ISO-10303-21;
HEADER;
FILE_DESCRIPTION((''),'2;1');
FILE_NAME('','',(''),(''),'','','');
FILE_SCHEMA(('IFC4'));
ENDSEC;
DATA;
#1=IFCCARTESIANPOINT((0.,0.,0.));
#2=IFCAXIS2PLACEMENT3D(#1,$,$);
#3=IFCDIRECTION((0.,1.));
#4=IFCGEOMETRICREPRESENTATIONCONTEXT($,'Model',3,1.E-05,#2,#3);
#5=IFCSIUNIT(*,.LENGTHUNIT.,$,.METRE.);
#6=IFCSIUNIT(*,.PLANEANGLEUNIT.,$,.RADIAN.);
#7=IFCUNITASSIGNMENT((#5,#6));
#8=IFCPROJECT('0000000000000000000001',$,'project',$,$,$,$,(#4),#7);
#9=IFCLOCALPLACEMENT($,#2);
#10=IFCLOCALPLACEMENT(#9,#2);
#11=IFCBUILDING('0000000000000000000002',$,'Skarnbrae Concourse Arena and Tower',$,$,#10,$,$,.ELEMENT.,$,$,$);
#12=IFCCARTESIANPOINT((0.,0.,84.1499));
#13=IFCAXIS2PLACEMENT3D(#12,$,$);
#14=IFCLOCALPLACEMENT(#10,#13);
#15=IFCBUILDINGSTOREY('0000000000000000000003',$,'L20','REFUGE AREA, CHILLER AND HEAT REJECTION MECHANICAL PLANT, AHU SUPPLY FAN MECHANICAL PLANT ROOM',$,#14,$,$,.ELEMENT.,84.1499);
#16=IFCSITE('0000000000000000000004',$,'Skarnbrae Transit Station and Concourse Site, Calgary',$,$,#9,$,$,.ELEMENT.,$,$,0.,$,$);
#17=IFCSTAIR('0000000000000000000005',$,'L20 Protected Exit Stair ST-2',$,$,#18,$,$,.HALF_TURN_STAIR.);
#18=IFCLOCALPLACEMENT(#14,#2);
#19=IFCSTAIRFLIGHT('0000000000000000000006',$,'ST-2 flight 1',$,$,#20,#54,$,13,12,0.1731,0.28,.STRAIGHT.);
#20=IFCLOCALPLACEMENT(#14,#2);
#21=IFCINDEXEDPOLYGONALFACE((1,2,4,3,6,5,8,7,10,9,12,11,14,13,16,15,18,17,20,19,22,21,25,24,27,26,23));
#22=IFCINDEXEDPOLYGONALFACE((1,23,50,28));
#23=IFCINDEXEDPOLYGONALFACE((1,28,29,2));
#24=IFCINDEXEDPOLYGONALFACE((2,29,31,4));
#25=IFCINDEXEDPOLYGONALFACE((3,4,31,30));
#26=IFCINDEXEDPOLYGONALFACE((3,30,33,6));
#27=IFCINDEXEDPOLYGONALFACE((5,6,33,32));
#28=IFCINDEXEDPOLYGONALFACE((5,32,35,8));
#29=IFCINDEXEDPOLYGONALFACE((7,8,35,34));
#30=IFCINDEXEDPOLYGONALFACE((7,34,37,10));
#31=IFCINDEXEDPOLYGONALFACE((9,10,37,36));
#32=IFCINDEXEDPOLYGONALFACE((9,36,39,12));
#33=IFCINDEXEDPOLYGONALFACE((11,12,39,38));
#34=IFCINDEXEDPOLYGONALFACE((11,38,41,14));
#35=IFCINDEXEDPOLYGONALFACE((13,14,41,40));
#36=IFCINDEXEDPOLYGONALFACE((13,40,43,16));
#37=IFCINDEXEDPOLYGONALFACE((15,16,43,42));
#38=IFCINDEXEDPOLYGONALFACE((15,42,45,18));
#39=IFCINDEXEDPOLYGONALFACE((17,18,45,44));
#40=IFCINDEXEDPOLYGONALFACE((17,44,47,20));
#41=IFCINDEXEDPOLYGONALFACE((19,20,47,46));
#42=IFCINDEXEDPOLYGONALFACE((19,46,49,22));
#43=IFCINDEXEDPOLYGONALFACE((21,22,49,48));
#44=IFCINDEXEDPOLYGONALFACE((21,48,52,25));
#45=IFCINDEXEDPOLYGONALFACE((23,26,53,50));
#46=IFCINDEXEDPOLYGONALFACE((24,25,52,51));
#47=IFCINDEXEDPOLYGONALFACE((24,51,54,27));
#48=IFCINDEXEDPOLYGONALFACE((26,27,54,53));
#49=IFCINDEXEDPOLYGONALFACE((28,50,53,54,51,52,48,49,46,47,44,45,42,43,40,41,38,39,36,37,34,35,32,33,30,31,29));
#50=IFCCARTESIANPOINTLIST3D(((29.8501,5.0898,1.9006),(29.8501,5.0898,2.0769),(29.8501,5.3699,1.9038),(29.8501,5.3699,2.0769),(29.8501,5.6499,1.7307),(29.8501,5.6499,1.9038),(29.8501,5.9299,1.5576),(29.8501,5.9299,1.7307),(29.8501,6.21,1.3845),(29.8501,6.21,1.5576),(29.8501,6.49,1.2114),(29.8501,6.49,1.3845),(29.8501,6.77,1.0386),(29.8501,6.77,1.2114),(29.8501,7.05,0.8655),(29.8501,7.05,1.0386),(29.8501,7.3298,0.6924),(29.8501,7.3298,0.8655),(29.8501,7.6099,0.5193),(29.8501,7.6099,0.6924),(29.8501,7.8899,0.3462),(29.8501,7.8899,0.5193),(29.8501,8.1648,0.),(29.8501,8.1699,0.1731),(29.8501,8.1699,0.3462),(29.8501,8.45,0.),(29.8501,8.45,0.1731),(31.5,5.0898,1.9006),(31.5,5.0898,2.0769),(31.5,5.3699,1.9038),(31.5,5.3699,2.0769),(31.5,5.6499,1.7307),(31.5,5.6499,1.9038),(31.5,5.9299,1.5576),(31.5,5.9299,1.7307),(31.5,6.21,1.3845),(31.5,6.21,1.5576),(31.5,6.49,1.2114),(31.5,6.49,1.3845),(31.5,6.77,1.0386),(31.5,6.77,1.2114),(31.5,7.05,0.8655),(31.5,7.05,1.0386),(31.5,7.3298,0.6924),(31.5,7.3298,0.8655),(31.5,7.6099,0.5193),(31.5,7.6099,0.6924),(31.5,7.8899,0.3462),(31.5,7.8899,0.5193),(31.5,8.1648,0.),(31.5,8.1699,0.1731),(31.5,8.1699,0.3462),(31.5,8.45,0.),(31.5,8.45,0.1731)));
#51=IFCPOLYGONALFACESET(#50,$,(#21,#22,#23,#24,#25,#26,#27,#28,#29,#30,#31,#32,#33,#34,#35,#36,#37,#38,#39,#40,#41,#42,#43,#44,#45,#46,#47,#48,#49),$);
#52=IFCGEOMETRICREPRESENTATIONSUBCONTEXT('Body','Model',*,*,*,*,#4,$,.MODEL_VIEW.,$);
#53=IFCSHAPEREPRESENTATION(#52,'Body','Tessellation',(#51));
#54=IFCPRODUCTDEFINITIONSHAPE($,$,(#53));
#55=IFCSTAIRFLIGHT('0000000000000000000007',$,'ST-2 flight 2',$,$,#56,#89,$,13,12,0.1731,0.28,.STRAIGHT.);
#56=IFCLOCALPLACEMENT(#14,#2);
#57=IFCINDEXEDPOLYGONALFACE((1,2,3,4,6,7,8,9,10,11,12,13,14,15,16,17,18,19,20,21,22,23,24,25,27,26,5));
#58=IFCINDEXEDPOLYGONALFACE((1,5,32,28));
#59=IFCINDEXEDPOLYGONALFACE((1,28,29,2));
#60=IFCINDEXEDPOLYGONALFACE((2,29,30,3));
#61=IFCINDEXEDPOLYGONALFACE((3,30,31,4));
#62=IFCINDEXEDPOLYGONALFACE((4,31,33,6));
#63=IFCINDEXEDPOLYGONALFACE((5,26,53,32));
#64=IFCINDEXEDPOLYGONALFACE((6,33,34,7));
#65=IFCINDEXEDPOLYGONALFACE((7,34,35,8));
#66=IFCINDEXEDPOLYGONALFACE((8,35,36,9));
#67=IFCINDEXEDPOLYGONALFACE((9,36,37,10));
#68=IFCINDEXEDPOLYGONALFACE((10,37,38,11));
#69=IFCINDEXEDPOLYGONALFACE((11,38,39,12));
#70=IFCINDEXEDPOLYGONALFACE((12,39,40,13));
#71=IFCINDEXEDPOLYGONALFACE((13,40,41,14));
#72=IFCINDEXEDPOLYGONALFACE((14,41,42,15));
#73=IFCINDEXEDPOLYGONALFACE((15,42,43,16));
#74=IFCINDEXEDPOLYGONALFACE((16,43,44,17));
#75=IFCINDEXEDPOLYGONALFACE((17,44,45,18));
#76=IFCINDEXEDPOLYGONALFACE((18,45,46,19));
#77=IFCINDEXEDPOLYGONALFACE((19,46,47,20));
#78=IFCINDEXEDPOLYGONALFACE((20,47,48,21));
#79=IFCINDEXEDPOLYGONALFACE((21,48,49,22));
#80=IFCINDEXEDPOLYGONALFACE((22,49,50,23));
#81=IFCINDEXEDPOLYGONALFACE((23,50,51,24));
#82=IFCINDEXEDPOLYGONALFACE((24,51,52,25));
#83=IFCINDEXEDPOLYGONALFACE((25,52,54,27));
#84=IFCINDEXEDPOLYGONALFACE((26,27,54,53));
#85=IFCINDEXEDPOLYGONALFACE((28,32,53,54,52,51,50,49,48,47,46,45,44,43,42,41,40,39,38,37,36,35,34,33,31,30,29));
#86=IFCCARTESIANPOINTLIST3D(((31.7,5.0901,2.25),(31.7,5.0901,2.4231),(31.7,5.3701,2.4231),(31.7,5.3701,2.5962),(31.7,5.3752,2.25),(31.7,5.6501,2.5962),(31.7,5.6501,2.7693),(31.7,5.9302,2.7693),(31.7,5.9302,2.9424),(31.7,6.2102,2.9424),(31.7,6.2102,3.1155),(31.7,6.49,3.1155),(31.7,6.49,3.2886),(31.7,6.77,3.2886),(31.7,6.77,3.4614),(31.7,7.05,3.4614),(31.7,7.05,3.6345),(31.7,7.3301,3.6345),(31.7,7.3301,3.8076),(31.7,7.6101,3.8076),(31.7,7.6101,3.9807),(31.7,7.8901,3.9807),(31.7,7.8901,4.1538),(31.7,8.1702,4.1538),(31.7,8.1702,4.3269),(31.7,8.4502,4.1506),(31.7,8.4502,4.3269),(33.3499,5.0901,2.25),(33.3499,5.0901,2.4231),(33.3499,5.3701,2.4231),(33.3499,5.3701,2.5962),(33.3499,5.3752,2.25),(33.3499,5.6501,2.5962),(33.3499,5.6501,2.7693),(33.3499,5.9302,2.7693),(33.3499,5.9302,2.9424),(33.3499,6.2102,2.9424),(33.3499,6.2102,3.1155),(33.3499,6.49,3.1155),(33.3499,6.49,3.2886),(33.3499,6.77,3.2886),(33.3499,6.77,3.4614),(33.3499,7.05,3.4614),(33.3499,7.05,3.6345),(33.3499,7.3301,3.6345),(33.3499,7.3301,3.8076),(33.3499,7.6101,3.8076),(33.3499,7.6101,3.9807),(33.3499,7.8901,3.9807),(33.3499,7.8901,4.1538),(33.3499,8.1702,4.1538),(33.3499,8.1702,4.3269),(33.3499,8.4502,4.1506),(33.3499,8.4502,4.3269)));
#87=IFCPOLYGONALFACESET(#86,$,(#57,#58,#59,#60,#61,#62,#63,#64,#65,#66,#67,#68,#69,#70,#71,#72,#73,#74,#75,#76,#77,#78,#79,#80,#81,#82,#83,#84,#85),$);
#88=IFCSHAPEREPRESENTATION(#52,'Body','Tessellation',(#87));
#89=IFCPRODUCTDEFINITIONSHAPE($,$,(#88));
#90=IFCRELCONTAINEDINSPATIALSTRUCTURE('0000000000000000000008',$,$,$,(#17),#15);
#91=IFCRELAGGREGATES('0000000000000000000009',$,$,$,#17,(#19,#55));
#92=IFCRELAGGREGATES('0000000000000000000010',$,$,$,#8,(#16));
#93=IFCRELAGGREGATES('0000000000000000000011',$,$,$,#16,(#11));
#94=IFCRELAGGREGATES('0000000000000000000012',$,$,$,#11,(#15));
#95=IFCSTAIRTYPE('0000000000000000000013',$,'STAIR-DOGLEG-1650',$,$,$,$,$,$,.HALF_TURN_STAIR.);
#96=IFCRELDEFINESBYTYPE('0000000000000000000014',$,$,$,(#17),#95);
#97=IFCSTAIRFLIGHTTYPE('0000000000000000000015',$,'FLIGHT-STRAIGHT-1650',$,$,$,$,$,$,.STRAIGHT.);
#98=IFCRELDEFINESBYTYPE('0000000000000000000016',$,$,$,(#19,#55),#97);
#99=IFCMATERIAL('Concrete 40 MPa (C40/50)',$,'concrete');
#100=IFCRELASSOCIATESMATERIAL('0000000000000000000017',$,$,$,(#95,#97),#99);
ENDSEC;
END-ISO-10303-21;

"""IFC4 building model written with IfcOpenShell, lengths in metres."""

from ifc_helpers import new_model, si_unit, direction, frame, origin, place, context, subcontext, project, spatial, polyline, outline, extrude, source, transform, mapped, material, type_object, element, aggregate, save


model = new_model("IFC4")

# Units and contexts
model_context = context("Model", 3, precision=1e-05, world=origin(), true_north=direction((0.0, 1.0)))
body_context = subcontext(model_context, "Body", "Model", "MODEL_VIEW")
ifc_project = project(units=[si_unit("LENGTHUNIT", "METRE"), si_unit("PLANEANGLEUNIT", "RADIAN")], contexts=[model_context])

# Site, building, storey
site_placement = place(None, origin())
site = spatial("IfcSite", under=ifc_project, at=site_placement, Name="Skarnbrae Transit Station and Concourse Site, Calgary", CompositionType="ELEMENT", RefElevation=0.0)
building_placement = place(site_placement, origin())
building = spatial("IfcBuilding", under=site, at=building_placement, Name="Skarnbrae Concourse Arena and Tower", CompositionType="ELEMENT")
storey_placement = place(building_placement, frame((0.0, 0.0, 84.1499)))
storey = spatial("IfcBuildingStorey", under=building, at=storey_placement, Name="L20", Description="REFUGE AREA, CHILLER AND HEAT REJECTION MECHANICAL PLANT, AHU SUPPLY FAN MECHANICAL PLANT ROOM", CompositionType="ELEMENT", Elevation=84.1499)

# Stair, stair flights
ifc_material_1 = material(Name="Concrete 40 MPa (C40/50)", Category="concrete")
stair_type = type_object("IfcStairType", Name="STAIR-DOGLEG-1650", PredefinedType="HALF_TURN_STAIR", material=ifc_material_1)
stair_placement = place(storey_placement, origin())
stair = element("IfcStair", 1, at=stair_placement, inside=storey, type_object=stair_type, Name="L20 Protected Exit Stair ST-2", PredefinedType="HALF_TURN_STAIR")
stair_flight_type = type_object("IfcStairFlightType", Name="FLIGHT-STRAIGHT-1650", PredefinedType="STRAIGHT", material=ifc_material_1)
shared_shape_1 = source(origin(), body_context, "Body", "SweptSolid", [
    extrude(outline(polyline([(0.0, 0.0), (0.0, 0.1731), (0.28, 0.1731), (0.28, 0.3462), (0.5601, 0.3462), (0.5601, 0.5193), (0.8401, 0.5193), (0.8401, 0.6924), (1.1201, 0.6924), (1.1201, 0.8655), (1.3999, 0.8655), (1.3999, 1.0386), (1.6799, 1.0386), (1.6799, 1.2114), (1.96, 1.2114), (1.96, 1.3845), (2.24, 1.3845), (2.24, 1.5576), (2.52, 1.5576), (2.52, 1.7307), (2.8, 1.7307), (2.8, 1.9038), (3.0801, 1.9038), (3.0801, 2.0769), (3.3601, 2.0769), (3.3601, 2.25), (3.3601, 1.9006), (0.2852, 0.0), (0.0, 0.0)])), frame((0.0, 0.825, 0.0), z_axis=(0.0, -1.0, 0.0), x_axis=(1.0, 0.0, 0.0)), (0.0, 0.0, 1.0), 1.6499),
])
stair_flight_1_placement = place(storey_placement, frame((30.675, 8.45, 0.0), z_axis=(0.0, 0.0, 1.0), x_axis=(0.0, -1.0, 0.0)))
stair_flight_1 = element("IfcStairFlight", 2, at=stair_flight_1_placement, type_object=stair_flight_type, Name="ST-2 flight 1", NumberOfRisers=13, NumberOfTreads=12, PredefinedType="STRAIGHT", RiserHeight=0.1731, TreadLength=0.28, context=body_context, shape_type="MappedRepresentation", body=[
    mapped(shared_shape_1, transform((0.0, 0.0, 0.0))),
])
stair_flight_2_placement = place(storey_placement, frame((32.5249, 5.0901, 2.25), z_axis=(0.0, 0.0, 1.0), x_axis=(0.0, 1.0, 0.0)))
stair_flight_2 = element("IfcStairFlight", 3, at=stair_flight_2_placement, type_object=stair_flight_type, Name="ST-2 flight 2", NumberOfRisers=13, NumberOfTreads=12, PredefinedType="STRAIGHT", RiserHeight=0.1731, TreadLength=0.28, context=body_context, shape_type="MappedRepresentation", body=[
    mapped(shared_shape_1, transform((0.0, 0.0, 0.0))),
])
aggregate(stair, [stair_flight_1, stair_flight_2])

save(model, "model.ifc")
